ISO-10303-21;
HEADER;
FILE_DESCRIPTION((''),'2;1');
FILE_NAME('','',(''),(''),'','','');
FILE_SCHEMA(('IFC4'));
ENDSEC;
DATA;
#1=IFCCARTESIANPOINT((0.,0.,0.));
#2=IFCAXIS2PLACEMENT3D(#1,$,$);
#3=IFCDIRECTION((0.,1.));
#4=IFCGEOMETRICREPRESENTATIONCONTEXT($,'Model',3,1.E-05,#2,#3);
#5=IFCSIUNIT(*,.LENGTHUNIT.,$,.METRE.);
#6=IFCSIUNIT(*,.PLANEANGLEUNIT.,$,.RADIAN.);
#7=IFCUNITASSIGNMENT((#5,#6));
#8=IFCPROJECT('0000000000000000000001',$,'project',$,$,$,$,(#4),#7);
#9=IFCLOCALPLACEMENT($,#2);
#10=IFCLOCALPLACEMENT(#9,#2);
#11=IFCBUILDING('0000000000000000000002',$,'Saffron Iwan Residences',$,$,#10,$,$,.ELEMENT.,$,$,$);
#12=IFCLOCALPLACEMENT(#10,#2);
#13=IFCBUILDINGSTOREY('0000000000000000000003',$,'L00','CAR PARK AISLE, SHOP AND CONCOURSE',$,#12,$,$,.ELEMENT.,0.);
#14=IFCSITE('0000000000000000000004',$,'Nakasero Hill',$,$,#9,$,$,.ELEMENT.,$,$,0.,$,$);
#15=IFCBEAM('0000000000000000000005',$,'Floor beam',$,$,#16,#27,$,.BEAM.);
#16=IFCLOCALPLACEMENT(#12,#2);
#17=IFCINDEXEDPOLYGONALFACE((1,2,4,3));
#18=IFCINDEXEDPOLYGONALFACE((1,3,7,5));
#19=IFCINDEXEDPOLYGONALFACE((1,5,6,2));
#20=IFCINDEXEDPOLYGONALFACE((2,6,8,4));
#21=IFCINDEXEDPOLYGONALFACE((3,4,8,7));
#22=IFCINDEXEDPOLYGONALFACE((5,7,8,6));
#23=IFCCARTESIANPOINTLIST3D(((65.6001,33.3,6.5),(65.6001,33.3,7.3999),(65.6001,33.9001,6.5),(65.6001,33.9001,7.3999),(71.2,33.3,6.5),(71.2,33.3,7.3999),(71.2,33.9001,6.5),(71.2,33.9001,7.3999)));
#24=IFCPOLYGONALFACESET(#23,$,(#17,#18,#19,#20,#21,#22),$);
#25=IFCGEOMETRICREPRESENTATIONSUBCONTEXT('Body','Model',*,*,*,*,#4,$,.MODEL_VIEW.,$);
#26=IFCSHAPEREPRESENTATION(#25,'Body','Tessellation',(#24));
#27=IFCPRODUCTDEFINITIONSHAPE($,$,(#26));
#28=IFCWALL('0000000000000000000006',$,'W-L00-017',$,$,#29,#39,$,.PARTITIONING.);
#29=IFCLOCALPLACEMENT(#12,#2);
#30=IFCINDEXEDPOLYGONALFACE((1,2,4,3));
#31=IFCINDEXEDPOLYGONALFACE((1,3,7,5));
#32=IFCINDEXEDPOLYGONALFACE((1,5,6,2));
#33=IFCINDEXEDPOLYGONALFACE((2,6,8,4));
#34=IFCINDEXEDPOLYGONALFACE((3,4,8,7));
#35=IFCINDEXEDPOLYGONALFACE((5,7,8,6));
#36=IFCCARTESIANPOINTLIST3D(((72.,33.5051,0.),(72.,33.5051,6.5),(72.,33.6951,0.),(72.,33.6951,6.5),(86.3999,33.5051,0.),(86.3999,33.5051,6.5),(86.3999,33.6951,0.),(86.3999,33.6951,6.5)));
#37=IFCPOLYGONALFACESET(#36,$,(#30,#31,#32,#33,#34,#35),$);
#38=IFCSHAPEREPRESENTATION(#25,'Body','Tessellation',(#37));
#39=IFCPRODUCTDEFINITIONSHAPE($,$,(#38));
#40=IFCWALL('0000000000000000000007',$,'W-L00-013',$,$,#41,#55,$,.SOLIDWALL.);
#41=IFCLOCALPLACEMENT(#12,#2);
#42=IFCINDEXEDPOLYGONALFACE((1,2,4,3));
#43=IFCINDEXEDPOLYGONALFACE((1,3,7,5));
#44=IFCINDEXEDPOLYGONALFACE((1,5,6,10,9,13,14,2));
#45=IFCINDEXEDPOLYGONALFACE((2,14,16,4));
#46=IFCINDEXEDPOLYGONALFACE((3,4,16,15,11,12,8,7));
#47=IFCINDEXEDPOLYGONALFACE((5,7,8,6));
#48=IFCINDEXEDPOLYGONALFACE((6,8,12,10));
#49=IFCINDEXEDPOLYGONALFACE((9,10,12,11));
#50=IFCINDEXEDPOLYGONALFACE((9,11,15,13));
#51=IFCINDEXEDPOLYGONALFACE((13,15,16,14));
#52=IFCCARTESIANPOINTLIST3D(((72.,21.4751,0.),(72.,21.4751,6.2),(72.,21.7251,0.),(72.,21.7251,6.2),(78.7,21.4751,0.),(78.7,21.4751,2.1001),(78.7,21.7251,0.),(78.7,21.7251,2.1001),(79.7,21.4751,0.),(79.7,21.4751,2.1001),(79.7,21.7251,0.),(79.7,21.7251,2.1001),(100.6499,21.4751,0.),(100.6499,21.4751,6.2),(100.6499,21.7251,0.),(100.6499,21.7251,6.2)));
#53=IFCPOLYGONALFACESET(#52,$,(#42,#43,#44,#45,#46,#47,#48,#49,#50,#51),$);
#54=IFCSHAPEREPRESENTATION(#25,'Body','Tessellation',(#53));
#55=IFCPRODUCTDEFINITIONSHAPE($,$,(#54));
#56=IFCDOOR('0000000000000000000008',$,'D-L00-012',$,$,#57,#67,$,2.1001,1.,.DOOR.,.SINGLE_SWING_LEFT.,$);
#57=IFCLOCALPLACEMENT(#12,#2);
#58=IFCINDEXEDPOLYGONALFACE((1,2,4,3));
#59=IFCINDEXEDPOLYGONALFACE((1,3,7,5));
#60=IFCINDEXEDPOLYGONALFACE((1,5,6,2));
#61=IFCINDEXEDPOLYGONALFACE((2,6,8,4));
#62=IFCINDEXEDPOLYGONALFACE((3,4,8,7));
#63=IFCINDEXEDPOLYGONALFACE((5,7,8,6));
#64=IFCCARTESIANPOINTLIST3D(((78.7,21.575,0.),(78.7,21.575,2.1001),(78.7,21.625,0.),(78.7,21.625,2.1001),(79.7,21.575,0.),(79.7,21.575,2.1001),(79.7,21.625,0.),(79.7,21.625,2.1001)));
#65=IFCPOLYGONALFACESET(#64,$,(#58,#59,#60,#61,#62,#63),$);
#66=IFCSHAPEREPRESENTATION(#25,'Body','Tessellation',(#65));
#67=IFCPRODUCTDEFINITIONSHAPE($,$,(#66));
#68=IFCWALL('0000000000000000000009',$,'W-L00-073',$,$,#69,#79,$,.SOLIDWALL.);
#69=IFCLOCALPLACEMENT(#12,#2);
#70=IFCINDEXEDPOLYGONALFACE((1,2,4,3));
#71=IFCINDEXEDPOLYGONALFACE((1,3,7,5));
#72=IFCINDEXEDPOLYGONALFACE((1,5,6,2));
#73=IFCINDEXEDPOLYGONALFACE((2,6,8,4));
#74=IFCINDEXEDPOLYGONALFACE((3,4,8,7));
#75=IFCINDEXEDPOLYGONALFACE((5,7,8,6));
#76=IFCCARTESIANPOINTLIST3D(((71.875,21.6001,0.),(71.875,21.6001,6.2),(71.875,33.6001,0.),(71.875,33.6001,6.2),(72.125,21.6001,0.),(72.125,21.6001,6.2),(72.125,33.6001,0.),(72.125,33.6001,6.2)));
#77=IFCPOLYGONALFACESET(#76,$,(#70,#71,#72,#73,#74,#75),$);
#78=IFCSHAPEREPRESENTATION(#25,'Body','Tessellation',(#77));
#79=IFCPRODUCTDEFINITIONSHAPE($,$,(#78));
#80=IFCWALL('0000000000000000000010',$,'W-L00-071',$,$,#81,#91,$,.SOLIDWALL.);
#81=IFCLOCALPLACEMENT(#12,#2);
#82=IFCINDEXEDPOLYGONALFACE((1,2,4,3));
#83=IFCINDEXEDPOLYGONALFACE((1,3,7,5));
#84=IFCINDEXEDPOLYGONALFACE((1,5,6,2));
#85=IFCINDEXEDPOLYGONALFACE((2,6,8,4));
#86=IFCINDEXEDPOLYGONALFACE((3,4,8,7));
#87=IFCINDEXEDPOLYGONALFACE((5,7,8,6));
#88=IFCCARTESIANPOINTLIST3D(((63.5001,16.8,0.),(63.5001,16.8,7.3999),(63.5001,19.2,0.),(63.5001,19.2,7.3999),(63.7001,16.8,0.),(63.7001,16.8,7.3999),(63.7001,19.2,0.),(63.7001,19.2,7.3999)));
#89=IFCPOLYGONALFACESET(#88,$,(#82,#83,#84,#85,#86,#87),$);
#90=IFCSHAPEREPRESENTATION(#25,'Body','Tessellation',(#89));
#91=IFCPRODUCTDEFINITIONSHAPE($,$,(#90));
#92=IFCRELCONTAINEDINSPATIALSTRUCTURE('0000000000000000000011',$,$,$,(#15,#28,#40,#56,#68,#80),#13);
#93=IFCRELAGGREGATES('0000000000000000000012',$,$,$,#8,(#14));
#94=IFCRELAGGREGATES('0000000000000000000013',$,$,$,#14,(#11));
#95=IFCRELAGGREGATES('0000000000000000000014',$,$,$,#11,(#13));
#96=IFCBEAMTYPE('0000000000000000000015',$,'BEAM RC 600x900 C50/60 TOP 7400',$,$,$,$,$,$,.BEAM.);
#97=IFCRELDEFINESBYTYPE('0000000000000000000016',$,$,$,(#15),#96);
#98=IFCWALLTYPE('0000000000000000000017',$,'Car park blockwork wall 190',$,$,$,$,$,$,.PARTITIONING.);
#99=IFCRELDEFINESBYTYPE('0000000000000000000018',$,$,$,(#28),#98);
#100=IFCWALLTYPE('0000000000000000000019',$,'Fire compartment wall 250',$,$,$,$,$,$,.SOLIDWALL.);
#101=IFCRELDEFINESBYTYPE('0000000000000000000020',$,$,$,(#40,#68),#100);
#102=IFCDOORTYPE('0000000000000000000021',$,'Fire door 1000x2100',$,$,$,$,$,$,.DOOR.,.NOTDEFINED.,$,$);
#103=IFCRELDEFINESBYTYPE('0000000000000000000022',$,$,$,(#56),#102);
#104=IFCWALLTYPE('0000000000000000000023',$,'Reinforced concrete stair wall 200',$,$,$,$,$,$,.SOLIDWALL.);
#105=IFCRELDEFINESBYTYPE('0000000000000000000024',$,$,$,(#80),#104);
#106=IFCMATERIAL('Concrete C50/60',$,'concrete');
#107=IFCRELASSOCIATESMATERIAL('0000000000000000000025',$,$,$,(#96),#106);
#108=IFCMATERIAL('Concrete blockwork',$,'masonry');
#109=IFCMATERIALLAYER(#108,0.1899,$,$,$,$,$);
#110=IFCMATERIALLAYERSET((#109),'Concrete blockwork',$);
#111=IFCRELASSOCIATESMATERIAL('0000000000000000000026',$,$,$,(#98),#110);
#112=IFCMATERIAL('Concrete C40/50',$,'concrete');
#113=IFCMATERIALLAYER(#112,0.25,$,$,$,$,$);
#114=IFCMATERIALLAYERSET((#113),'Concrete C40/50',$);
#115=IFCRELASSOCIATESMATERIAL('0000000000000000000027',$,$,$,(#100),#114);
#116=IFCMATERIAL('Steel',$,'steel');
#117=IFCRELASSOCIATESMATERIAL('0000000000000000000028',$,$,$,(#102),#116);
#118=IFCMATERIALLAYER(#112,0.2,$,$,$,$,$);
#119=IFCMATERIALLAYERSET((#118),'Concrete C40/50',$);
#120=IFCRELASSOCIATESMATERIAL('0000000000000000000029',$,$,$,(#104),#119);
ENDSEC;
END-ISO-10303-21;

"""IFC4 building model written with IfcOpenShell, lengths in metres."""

from ifc_helpers import new_model, si_unit, direction, frame, frame_2d, origin, origin_2d, place, context, subcontext, project, spatial, rectangle, extrude, source, transform, mapped, material, layer, layer_set, material_profile, profile_set, type_object, element, fill, save


model = new_model("IFC4")

# Units and contexts
model_context = context("Model", 3, precision=1e-05, world=origin(), true_north=direction((0.0, 1.0)))
body_context = subcontext(model_context, "Body", "Model", "MODEL_VIEW")
ifc_project = project(units=[si_unit("LENGTHUNIT", "METRE"), si_unit("PLANEANGLEUNIT", "RADIAN")], contexts=[model_context])

# Site, building, storey
site_placement = place(None, origin())
site = spatial("IfcSite", under=ifc_project, at=site_placement, Name="Nakasero Hill", CompositionType="ELEMENT", RefElevation=0.0)
building_placement = place(site_placement, origin())
building = spatial("IfcBuilding", under=site, at=building_placement, Name="Saffron Iwan Residences", CompositionType="ELEMENT")
storey_placement = place(building_placement, origin())
storey = spatial("IfcBuildingStorey", under=building, at=storey_placement, Name="L00", Description="CAR PARK AISLE, SHOP AND CONCOURSE", CompositionType="ELEMENT", Elevation=0.0)

# Shared definitions
ifc_material_1 = material(Name="Concrete C50/60", Category="concrete")

# Beam
ifc_material_profile_1 = material_profile(ifc_material_1, rectangle(XDim=0.6001, YDim=0.8999, at=origin_2d()), Name="RC 600x900")
ifc_profile_set_1 = profile_set([ifc_material_profile_1], Name="Concrete C50/60")
beam_type_1 = type_object("IfcBeamType", Name="BEAM RC 600x900 C50/60 TOP 7400", PredefinedType="BEAM", material=ifc_profile_set_1)
shared_shape_1 = source(origin(), body_context, "Body", "SweptSolid", [
    extrude(rectangle(XDim=0.6001, YDim=0.8999, at=origin_2d()), origin(), (0.0, 0.0, 1.0), 5.5999),
])
beam_placement = place(storey_placement, frame((65.6001, 33.6001, 6.95), z_axis=(1.0, 0.0, 0.0), x_axis=(0.0, 1.0, 0.0)))
element("IfcBeam", 1, at=beam_placement, inside=storey, type_object=beam_type_1, Name="Floor beam", PredefinedType="BEAM", context=body_context, shape_type="MappedRepresentation", body=[
    mapped(shared_shape_1, transform((0.0, 0.0, 0.0))),
])

# Wall
ifc_material_2 = material(Name="Concrete blockwork", Category="masonry")
ifc_layer_1 = layer(ifc_material_2, 0.1899)
ifc_layer_set_1 = layer_set([ifc_layer_1], Name="Concrete blockwork")
wall_type_1 = type_object("IfcWallType", Name="Car park blockwork wall 190", PredefinedType="PARTITIONING", material=ifc_layer_set_1)
wall_1_placement = place(storey_placement, frame((72.0, 33.6001, 0.0), z_axis=(0.0, 0.0, 1.0), x_axis=(1.0, 0.0, 0.0)))
element("IfcWall", 2, at=wall_1_placement, inside=storey, type_object=wall_type_1, Name="W-L00-017", PredefinedType="PARTITIONING", context=body_context, shape_type="SweptSolid", body=[
    extrude(rectangle(XDim=14.3999, YDim=0.1899, at=frame_2d((7.2, 0.0))), origin(), (0.0, 0.0, 1.0), 6.5),
])

# Wall, opening, door
ifc_material_3 = material(Name="Concrete C40/50", Category="concrete")
ifc_layer_2 = layer(ifc_material_3, 0.25)
ifc_layer_set_2 = layer_set([ifc_layer_2], Name="Concrete C40/50")
wall_type_2 = type_object("IfcWallType", Name="Fire compartment wall 250", PredefinedType="SOLIDWALL", material=ifc_layer_set_2)
wall_2_placement = place(storey_placement, frame((72.0, 21.6001, 0.0), z_axis=(0.0, 0.0, 1.0), x_axis=(1.0, 0.0, 0.0)))
wall_2 = element("IfcWall", 3, at=wall_2_placement, inside=storey, type_object=wall_type_2, Name="W-L00-013", PredefinedType="SOLIDWALL", context=body_context, shape_type="SweptSolid", body=[
    extrude(rectangle(XDim=28.6499, YDim=0.25, at=frame_2d((14.325, 0.0))), origin(), (0.0, 0.0, 1.0), 6.2),
])
opening_placement = place(wall_2_placement, frame((6.7, 0.0, 0.0)))
opening = element("IfcOpeningElement", 4, at=opening_placement, cuts=wall_2, PredefinedType="OPENING", context=body_context, shape_type="SweptSolid", body=[
    extrude(rectangle(XDim=1.0, YDim=2.1001, at=frame_2d((0.5, 1.05))), frame((0.0, 0.135, 0.0), z_axis=(0.0, -1.0, 0.0), x_axis=(1.0, 0.0, 0.0)), (0.0, 0.0, 1.0), 0.27),
])
ifc_material_4 = material(Name="Steel", Category="steel")
door_type = type_object("IfcDoorType", Name="Fire door 1000x2100", OperationType="NOTDEFINED", PredefinedType="DOOR", material=ifc_material_4)
door_placement = place(opening_placement, origin())
door = element("IfcDoor", 5, at=door_placement, inside=storey, type_object=door_type, Name="D-L00-012", OperationType="SINGLE_SWING_LEFT", OverallHeight=2.1001, OverallWidth=1.0, PredefinedType="DOOR", context=body_context, shape_type="SweptSolid", body=[
    extrude(rectangle(XDim=1.0, YDim=2.1001, at=frame_2d((0.5, 1.05))), frame((0.0, 0.0249, 0.0), z_axis=(0.0, -1.0, 0.0), x_axis=(1.0, 0.0, 0.0)), (0.0, 0.0, 1.0), 0.05),
])
fill(opening, door)

# Walls
wall_3_placement = place(storey_placement, frame((72.0, 21.6001, 0.0), z_axis=(0.0, 0.0, 1.0), x_axis=(0.0, 1.0, 0.0)))
element("IfcWall", 6, at=wall_3_placement, inside=storey, type_object=wall_type_2, Name="W-L00-073", PredefinedType="SOLIDWALL", context=body_context, shape_type="SweptSolid", body=[
    extrude(rectangle(XDim=12.0, YDim=0.25, at=frame_2d((6.0, 0.0))), origin(), (0.0, 0.0, 1.0), 6.2),
])
ifc_layer_3 = layer(ifc_material_3, 0.2)
ifc_layer_set_3 = layer_set([ifc_layer_3], Name="Concrete C40/50")
wall_type_3 = type_object("IfcWallType", Name="Reinforced concrete stair wall 200", PredefinedType="SOLIDWALL", material=ifc_layer_set_3)
wall_4_placement = place(storey_placement, frame((63.6001, 16.8, 0.0), z_axis=(0.0, 0.0, 1.0), x_axis=(0.0, 1.0, 0.0)))
element("IfcWall", 7, at=wall_4_placement, inside=storey, type_object=wall_type_3, Name="W-L00-071", PredefinedType="SOLIDWALL", context=body_context, shape_type="SweptSolid", body=[
    extrude(rectangle(XDim=2.3999, YDim=0.2, at=frame_2d((1.2, 0.0))), origin(), (0.0, 0.0, 1.0), 7.3999),
])

save(model, "model.ifc")
